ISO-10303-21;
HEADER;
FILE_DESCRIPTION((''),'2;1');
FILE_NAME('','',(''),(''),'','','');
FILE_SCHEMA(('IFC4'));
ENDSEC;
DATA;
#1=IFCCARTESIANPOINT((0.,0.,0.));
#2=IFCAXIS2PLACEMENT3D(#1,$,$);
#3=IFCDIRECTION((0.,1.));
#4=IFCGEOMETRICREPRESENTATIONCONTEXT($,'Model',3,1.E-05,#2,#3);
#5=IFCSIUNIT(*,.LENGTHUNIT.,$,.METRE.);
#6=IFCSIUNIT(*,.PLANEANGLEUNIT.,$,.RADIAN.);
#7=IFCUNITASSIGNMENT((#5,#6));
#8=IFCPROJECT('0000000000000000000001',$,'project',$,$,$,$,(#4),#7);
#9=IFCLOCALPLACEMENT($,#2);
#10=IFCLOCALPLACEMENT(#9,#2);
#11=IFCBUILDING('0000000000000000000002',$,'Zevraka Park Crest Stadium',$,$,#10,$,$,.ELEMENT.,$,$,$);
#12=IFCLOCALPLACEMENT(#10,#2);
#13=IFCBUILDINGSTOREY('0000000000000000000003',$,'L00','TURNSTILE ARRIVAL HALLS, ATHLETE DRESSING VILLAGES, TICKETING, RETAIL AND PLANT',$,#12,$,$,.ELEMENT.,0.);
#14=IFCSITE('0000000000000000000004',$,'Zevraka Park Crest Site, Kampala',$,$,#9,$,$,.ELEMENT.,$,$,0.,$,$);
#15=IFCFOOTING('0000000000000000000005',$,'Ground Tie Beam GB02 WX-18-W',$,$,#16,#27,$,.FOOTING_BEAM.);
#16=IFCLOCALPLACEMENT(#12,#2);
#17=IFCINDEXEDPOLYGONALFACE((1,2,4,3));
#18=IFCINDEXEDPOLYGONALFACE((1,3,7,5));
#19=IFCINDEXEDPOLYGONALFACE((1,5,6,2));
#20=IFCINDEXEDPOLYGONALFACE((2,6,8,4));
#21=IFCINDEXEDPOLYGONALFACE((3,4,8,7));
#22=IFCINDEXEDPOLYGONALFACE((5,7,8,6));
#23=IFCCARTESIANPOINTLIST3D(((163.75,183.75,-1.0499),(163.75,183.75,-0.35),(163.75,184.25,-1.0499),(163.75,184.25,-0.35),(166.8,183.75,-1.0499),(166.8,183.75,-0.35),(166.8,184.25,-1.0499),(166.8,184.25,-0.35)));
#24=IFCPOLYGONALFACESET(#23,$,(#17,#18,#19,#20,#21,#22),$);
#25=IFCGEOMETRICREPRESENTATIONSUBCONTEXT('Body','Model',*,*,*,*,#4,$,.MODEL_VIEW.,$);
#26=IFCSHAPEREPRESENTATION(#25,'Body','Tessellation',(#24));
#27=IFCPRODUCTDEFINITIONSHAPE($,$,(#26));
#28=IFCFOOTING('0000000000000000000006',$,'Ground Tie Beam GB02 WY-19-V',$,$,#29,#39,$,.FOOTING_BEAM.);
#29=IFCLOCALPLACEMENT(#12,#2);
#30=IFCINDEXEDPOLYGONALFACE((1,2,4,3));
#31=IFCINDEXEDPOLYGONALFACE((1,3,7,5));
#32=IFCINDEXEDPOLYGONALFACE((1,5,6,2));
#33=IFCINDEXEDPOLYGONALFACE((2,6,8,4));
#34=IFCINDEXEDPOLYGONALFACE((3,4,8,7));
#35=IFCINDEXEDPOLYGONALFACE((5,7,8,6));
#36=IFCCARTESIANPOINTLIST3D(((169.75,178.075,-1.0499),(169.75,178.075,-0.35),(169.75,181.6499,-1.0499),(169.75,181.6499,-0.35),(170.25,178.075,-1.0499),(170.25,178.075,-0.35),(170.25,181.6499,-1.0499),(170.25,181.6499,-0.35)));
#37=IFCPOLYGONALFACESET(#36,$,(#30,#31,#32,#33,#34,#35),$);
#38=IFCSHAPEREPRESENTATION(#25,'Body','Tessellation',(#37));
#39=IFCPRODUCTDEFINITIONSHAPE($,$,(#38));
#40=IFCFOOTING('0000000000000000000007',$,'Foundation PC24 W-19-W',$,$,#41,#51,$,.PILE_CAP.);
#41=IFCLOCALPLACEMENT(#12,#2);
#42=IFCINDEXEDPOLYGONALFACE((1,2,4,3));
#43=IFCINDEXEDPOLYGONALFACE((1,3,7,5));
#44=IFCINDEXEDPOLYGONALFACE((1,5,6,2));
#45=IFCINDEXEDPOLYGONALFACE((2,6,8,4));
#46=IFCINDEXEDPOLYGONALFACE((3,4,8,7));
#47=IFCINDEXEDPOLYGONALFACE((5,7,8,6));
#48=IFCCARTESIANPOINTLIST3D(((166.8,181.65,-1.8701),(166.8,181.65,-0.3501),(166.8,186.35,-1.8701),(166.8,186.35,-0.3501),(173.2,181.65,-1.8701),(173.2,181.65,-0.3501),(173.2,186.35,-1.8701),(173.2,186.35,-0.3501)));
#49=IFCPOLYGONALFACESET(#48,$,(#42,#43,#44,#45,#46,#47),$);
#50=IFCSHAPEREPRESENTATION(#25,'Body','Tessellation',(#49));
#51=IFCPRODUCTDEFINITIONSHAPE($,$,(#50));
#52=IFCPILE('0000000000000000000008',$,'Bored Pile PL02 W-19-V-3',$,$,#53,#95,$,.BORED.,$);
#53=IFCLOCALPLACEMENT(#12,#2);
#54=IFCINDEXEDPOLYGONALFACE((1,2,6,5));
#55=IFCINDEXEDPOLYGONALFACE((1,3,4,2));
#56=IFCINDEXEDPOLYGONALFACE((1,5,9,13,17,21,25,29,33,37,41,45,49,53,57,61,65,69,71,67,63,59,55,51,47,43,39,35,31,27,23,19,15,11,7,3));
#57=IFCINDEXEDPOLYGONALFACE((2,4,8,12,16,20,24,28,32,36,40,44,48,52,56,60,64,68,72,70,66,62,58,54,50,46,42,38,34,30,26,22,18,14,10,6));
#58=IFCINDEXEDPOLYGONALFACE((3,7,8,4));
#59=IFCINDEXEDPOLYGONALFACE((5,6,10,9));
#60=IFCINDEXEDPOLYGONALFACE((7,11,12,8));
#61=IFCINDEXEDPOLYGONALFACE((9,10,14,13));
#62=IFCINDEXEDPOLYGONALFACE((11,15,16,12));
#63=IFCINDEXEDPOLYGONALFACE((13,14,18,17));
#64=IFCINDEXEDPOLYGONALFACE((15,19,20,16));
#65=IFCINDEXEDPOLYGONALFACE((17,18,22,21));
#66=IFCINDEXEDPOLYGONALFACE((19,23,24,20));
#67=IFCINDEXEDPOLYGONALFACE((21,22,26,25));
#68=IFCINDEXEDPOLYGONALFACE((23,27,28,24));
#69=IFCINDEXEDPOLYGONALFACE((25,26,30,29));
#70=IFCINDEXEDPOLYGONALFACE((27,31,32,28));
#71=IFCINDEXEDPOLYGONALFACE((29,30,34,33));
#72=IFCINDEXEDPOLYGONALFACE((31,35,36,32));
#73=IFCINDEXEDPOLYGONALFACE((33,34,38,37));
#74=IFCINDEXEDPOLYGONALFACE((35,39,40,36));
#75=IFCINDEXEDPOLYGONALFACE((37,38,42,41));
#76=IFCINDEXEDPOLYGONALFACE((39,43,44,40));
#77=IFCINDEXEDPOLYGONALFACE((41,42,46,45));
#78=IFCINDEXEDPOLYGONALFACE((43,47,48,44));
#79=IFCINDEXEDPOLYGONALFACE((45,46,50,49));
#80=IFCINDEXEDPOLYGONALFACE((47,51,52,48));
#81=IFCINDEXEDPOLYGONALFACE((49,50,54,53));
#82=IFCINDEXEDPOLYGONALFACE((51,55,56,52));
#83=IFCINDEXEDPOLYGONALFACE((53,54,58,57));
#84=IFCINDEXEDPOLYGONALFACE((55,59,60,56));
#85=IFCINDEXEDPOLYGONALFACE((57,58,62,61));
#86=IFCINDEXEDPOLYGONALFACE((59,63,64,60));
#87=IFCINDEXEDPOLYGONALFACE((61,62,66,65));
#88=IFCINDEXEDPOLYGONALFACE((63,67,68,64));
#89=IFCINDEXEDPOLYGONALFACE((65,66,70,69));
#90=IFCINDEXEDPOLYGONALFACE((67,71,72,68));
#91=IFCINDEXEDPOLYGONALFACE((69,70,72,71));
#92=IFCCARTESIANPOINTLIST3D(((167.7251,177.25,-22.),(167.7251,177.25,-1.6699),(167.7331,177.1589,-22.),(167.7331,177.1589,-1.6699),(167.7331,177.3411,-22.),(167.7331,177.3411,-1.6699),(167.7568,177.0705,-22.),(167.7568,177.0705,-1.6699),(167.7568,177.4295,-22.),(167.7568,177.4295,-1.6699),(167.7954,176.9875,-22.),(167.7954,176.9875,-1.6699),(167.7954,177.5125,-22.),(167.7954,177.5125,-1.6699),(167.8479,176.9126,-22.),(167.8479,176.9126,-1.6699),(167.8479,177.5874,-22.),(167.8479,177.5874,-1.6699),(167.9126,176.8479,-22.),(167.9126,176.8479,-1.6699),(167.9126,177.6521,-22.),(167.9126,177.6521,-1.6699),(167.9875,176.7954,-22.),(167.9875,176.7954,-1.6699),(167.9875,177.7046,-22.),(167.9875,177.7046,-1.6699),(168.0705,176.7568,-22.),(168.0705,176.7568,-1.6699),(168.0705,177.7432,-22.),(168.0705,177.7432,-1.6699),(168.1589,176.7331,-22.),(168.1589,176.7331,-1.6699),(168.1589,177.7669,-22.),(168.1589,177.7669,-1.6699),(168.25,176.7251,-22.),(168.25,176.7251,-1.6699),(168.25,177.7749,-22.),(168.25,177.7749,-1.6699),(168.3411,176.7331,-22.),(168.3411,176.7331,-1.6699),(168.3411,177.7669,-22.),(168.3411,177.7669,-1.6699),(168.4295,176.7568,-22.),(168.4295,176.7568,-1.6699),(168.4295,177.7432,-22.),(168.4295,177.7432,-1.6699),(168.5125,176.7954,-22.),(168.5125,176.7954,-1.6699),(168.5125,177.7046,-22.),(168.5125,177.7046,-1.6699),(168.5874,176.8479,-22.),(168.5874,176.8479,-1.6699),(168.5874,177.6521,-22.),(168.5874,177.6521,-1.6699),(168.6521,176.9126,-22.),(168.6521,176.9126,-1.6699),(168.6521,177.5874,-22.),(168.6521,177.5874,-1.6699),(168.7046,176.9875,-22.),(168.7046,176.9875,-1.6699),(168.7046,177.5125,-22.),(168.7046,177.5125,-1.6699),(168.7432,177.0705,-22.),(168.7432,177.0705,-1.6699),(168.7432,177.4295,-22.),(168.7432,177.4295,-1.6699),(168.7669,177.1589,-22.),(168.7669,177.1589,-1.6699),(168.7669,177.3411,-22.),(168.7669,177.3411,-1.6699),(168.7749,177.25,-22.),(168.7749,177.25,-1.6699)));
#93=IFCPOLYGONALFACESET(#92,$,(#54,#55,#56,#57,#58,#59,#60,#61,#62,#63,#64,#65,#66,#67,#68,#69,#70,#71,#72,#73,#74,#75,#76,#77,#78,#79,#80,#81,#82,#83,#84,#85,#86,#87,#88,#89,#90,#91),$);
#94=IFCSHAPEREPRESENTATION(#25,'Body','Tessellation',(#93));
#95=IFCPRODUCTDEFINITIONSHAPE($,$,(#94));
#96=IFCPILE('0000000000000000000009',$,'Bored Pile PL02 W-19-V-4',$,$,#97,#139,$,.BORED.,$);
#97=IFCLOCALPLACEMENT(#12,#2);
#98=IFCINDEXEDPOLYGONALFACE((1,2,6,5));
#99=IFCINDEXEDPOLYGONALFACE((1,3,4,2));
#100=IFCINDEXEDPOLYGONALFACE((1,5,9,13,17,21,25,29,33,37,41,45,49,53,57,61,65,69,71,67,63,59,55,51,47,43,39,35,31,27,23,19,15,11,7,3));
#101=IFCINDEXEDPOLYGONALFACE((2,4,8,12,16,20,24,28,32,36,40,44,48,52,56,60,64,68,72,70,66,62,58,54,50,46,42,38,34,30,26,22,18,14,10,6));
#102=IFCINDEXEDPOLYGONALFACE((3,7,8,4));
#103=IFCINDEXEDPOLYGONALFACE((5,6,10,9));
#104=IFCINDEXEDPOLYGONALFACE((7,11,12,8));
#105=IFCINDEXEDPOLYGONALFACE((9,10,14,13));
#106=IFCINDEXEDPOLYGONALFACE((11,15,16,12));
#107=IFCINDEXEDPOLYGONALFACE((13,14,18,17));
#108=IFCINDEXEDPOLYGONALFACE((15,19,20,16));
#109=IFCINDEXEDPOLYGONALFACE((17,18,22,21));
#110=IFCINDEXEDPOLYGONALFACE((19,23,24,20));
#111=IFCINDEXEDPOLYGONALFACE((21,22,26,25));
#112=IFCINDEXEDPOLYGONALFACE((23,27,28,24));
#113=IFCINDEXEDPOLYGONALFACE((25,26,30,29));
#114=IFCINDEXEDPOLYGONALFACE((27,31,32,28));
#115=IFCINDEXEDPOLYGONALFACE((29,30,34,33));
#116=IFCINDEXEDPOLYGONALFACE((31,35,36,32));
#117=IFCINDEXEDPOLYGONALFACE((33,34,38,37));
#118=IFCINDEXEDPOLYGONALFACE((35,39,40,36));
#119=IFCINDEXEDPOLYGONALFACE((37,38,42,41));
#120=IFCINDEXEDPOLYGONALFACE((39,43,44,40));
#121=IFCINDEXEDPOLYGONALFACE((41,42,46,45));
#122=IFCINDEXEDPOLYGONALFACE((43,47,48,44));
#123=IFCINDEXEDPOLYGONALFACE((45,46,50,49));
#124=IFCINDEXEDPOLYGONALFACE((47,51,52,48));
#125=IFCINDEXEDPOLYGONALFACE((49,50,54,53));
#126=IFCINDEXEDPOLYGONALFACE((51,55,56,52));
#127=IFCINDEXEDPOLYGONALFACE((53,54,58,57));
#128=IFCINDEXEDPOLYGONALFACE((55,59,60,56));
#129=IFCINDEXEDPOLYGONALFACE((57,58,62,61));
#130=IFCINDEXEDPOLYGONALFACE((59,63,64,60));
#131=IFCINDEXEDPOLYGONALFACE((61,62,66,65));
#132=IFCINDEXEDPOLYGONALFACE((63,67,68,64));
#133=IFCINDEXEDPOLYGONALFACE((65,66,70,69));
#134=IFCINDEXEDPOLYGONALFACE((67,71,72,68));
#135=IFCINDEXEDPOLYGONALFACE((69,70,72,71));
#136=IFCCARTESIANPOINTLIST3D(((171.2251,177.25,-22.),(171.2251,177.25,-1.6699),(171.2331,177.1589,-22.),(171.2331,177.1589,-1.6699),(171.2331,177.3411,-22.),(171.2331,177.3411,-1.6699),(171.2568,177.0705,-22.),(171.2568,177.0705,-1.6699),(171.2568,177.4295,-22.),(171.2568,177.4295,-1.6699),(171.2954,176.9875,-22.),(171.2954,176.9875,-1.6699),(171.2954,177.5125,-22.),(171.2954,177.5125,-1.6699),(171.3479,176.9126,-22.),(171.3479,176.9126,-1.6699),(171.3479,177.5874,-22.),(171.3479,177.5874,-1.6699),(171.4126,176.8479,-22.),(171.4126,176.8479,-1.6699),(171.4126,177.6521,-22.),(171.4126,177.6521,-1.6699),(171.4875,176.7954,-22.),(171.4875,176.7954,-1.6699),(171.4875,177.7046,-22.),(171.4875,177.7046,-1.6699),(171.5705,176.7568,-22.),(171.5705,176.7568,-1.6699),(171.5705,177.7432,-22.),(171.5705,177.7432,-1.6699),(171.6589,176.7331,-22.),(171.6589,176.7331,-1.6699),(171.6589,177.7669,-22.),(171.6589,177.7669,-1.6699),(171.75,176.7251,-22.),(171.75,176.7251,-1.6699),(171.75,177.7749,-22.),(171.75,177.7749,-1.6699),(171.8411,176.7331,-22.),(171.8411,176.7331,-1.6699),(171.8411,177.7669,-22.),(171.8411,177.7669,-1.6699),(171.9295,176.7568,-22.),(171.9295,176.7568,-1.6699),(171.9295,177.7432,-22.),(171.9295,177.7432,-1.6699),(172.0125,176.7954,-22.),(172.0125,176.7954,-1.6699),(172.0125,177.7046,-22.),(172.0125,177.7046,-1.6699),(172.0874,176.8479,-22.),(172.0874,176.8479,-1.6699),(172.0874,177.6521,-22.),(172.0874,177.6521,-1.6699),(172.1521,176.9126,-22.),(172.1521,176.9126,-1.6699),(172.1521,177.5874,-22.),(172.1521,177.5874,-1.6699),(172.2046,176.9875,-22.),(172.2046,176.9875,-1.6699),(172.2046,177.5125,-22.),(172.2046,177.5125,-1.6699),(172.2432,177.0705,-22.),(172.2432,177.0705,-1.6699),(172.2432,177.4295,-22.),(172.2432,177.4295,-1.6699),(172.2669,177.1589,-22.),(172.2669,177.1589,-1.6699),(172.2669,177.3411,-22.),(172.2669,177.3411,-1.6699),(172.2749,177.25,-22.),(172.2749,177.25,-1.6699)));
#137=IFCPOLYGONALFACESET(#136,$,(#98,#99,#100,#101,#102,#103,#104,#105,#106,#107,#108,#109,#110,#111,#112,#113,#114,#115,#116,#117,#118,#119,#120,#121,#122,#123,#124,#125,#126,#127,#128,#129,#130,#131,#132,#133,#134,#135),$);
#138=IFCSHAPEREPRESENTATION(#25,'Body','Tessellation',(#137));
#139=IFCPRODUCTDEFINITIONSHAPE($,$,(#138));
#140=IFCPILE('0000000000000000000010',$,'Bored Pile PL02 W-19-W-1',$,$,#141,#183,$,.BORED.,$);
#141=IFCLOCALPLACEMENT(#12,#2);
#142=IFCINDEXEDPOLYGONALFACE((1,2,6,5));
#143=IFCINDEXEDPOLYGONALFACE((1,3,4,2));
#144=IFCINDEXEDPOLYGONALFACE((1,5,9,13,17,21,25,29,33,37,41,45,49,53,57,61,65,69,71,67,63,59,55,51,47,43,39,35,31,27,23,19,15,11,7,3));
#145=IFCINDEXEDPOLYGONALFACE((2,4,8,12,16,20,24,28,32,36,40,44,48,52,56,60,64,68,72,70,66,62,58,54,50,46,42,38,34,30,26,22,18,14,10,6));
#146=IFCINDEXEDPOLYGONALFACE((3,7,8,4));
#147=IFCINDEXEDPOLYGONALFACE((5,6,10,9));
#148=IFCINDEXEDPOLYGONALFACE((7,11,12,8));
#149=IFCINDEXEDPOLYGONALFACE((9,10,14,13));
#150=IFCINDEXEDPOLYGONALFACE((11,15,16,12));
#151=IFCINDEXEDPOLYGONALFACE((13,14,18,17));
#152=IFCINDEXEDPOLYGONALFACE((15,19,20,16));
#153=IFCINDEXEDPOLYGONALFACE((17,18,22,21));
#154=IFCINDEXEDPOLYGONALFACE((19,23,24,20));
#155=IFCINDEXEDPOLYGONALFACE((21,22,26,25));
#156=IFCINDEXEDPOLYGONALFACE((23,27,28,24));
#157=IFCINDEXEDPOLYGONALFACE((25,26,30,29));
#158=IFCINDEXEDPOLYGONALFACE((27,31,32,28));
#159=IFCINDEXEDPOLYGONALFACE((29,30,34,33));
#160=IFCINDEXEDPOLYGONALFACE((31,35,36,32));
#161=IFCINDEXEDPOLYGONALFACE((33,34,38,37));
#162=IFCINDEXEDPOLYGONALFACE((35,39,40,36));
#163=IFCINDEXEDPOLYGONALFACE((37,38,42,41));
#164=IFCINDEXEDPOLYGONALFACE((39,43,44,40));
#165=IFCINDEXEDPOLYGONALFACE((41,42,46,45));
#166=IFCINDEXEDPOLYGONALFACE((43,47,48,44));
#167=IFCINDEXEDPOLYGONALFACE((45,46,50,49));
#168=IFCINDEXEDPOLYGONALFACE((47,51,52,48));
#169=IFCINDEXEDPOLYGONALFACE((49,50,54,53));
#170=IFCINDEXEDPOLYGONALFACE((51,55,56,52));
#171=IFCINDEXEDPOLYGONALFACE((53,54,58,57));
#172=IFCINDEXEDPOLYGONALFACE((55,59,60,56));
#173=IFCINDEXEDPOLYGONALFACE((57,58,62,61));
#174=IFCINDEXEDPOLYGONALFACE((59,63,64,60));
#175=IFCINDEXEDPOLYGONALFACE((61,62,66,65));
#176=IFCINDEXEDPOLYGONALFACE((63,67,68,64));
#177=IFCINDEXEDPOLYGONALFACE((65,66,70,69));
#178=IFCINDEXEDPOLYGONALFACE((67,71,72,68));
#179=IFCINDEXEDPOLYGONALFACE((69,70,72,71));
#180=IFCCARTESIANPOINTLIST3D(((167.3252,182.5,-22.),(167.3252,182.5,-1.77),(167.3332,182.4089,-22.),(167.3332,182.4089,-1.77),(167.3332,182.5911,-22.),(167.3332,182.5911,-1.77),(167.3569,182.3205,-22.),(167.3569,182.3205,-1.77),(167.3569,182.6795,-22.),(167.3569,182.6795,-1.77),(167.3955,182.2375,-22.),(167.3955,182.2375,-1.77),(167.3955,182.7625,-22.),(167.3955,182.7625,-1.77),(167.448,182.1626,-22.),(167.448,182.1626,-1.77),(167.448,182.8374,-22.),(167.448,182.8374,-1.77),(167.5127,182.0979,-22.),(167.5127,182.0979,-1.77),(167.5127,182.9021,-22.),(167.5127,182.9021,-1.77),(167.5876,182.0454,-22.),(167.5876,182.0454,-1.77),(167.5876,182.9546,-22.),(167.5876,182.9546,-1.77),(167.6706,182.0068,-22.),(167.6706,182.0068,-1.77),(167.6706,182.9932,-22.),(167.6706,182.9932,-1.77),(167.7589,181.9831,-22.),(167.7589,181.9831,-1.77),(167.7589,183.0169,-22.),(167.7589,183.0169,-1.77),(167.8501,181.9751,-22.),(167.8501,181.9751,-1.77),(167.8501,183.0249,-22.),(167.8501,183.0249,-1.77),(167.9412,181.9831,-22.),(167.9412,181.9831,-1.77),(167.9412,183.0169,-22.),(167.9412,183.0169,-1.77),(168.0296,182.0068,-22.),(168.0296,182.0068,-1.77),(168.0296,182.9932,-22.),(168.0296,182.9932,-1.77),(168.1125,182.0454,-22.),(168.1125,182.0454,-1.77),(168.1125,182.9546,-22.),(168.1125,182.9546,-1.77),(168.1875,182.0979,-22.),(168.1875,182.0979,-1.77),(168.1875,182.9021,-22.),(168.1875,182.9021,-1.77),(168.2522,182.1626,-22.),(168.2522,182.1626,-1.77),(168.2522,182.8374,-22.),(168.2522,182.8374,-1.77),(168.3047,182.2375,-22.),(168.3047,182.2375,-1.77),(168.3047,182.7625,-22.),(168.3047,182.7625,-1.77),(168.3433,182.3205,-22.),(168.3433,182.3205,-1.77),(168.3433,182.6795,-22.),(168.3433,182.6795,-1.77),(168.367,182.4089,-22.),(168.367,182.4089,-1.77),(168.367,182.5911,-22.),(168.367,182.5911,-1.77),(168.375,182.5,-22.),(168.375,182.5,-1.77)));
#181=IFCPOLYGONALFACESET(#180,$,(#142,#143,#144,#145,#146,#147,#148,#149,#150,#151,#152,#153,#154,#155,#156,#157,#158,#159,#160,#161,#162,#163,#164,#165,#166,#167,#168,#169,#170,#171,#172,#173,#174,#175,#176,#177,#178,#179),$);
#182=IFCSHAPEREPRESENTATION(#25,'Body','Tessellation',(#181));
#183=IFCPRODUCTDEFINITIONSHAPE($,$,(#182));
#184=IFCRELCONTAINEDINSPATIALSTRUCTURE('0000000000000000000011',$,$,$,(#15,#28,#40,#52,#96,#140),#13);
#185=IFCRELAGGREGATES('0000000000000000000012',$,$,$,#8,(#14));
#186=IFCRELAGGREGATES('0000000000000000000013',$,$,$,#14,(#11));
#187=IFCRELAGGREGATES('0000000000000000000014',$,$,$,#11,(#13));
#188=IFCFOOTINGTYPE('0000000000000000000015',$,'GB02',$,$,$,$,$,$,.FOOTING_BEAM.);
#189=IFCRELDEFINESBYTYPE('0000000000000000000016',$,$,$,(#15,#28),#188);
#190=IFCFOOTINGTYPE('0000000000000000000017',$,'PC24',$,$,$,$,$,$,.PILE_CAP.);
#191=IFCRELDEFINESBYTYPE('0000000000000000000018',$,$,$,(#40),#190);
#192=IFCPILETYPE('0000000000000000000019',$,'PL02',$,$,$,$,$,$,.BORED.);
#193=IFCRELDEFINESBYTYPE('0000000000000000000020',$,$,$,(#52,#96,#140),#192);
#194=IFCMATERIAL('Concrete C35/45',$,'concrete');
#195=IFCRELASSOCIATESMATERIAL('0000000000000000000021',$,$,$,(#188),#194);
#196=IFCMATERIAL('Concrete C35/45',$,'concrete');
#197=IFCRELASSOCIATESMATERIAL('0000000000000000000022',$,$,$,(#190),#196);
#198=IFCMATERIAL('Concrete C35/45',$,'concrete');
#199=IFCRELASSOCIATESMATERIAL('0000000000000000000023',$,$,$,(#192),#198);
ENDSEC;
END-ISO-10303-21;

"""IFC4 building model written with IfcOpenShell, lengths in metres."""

from ifc_helpers import new_model, si_unit, direction, frame, origin, origin_2d, place, context, subcontext, project, spatial, rectangle, circle, extrude, material, material_profile, profile_set, type_object, element, save


model = new_model("IFC4")

# Units and contexts
model_context = context("Model", 3, precision=1e-05, world=origin(), true_north=direction((0.0, 1.0)))
body_context = subcontext(model_context, "Body", "Model", "MODEL_VIEW")
ifc_project = project(units=[si_unit("LENGTHUNIT", "METRE"), si_unit("PLANEANGLEUNIT", "RADIAN")], contexts=[model_context])

# Site, building, storey
site_placement = place(None, origin())
site = spatial("IfcSite", under=ifc_project, at=site_placement, Name="Zevraka Park Crest Site, Kampala", CompositionType="ELEMENT", RefElevation=0.0)
building_placement = place(site_placement, origin())
building = spatial("IfcBuilding", under=site, at=building_placement, Name="Zevraka Park Crest Stadium", CompositionType="ELEMENT")
storey_placement = place(building_placement, origin())
storey = spatial("IfcBuildingStorey", under=building, at=storey_placement, Name="L00", Description="TURNSTILE ARRIVAL HALLS, ATHLETE DRESSING VILLAGES, TICKETING, RETAIL AND PLANT", CompositionType="ELEMENT", Elevation=0.0)

# Footings
ifc_material_1 = material(Name="Concrete C35/45", Category="concrete")
ifc_material_profile_1 = material_profile(ifc_material_1, rectangle(XDim=0.5, YDim=0.7, at=origin_2d()), Name="GB 700x500")
ifc_profile_set_1 = profile_set([ifc_material_profile_1], Name="Concrete C35/45")
footing_type_1 = type_object("IfcFootingType", Name="GB02", PredefinedType="FOOTING_BEAM", material=ifc_profile_set_1)
footing_1_placement = place(storey_placement, frame((163.75, 184.0, -0.7), z_axis=(1.0, 0.0, 0.0), x_axis=(0.0, 1.0, 0.0)))
element("IfcFooting", 1, at=footing_1_placement, inside=storey, type_object=footing_type_1, Name="Ground Tie Beam GB02 WX-18-W", PredefinedType="FOOTING_BEAM", context=body_context, shape_type="SweptSolid", body=[
    extrude(rectangle(XDim=0.5, YDim=0.7, at=origin_2d()), origin(), (0.0, 0.0, 1.0), 3.05),
])
footing_2_placement = place(storey_placement, frame((170.0, 178.075, -0.7), z_axis=(0.0, 1.0, 0.0), x_axis=(-1.0, 0.0, 0.0)))
element("IfcFooting", 2, at=footing_2_placement, inside=storey, type_object=footing_type_1, Name="Ground Tie Beam GB02 WY-19-V", PredefinedType="FOOTING_BEAM", context=body_context, shape_type="SweptSolid", body=[
    extrude(rectangle(XDim=0.5, YDim=0.7, at=origin_2d()), origin(), (0.0, 0.0, 1.0), 3.575),
])
ifc_material_2 = material(Name="Concrete C35/45", Category="concrete")
footing_type_2 = type_object("IfcFootingType", Name="PC24", PredefinedType="PILE_CAP", material=ifc_material_2)
footing_3_placement = place(storey_placement, frame((170.0, 184.0, -1.8701), z_axis=(0.0, 0.0, 1.0), x_axis=(1.0, 0.0, 0.0)))
element("IfcFooting", 3, at=footing_3_placement, inside=storey, type_object=footing_type_2, Name="Foundation PC24 W-19-W", PredefinedType="PILE_CAP", context=body_context, shape_type="SweptSolid", body=[
    extrude(rectangle(XDim=6.3999, YDim=4.7, at=origin_2d()), origin(), (0.0, 0.0, 1.0), 1.52),
])

# Piles
ifc_material_3 = material(Name="Concrete C35/45", Category="concrete")
ifc_material_profile_2 = material_profile(ifc_material_3, circle(Radius=0.5249, at=origin_2d()), Name="PILE D1050")
ifc_profile_set_2 = profile_set([ifc_material_profile_2], Name="Concrete C35/45")
pile_type = type_object("IfcPileType", Name="PL02", PredefinedType="BORED", material=ifc_profile_set_2)
for number, where, z_axis, x_axis, name in (
    (4, (168.25, 177.25, -1.6699), (0.0, 0.0, -1.0), (1.0, 0.0, 0.0), "Bored Pile PL02 W-19-V-3"),
    (5, (171.75, 177.25, -1.6699), (0.0, 0.0, -1.0), (1.0, 0.0, 0.0), "Bored Pile PL02 W-19-V-4"),
):
    element("IfcPile", number, at=place(storey_placement, frame(where, z_axis=z_axis, x_axis=x_axis)), inside=storey, type_object=pile_type, Name=name, PredefinedType="BORED", context=body_context, shape_type="SweptSolid", body=[
        extrude(circle(Radius=0.5249, at=origin_2d()), origin(), (0.0, 0.0, 1.0), 20.3301),
    ])
for number, where, z_axis, x_axis, name in (
    (6, (167.8501, 182.5, -1.77), (0.0, 0.0, -1.0), (1.0, 0.0, 0.0), "Bored Pile PL02 W-19-W-1"),
):
    element("IfcPile", number, at=place(storey_placement, frame(where, z_axis=z_axis, x_axis=x_axis)), inside=storey, type_object=pile_type, Name=name, PredefinedType="BORED", context=body_context, shape_type="SweptSolid", body=[
        extrude(circle(Radius=0.5249, at=origin_2d()), origin(), (0.0, 0.0, 1.0), 20.23),
    ])

save(model, "model.ifc")
